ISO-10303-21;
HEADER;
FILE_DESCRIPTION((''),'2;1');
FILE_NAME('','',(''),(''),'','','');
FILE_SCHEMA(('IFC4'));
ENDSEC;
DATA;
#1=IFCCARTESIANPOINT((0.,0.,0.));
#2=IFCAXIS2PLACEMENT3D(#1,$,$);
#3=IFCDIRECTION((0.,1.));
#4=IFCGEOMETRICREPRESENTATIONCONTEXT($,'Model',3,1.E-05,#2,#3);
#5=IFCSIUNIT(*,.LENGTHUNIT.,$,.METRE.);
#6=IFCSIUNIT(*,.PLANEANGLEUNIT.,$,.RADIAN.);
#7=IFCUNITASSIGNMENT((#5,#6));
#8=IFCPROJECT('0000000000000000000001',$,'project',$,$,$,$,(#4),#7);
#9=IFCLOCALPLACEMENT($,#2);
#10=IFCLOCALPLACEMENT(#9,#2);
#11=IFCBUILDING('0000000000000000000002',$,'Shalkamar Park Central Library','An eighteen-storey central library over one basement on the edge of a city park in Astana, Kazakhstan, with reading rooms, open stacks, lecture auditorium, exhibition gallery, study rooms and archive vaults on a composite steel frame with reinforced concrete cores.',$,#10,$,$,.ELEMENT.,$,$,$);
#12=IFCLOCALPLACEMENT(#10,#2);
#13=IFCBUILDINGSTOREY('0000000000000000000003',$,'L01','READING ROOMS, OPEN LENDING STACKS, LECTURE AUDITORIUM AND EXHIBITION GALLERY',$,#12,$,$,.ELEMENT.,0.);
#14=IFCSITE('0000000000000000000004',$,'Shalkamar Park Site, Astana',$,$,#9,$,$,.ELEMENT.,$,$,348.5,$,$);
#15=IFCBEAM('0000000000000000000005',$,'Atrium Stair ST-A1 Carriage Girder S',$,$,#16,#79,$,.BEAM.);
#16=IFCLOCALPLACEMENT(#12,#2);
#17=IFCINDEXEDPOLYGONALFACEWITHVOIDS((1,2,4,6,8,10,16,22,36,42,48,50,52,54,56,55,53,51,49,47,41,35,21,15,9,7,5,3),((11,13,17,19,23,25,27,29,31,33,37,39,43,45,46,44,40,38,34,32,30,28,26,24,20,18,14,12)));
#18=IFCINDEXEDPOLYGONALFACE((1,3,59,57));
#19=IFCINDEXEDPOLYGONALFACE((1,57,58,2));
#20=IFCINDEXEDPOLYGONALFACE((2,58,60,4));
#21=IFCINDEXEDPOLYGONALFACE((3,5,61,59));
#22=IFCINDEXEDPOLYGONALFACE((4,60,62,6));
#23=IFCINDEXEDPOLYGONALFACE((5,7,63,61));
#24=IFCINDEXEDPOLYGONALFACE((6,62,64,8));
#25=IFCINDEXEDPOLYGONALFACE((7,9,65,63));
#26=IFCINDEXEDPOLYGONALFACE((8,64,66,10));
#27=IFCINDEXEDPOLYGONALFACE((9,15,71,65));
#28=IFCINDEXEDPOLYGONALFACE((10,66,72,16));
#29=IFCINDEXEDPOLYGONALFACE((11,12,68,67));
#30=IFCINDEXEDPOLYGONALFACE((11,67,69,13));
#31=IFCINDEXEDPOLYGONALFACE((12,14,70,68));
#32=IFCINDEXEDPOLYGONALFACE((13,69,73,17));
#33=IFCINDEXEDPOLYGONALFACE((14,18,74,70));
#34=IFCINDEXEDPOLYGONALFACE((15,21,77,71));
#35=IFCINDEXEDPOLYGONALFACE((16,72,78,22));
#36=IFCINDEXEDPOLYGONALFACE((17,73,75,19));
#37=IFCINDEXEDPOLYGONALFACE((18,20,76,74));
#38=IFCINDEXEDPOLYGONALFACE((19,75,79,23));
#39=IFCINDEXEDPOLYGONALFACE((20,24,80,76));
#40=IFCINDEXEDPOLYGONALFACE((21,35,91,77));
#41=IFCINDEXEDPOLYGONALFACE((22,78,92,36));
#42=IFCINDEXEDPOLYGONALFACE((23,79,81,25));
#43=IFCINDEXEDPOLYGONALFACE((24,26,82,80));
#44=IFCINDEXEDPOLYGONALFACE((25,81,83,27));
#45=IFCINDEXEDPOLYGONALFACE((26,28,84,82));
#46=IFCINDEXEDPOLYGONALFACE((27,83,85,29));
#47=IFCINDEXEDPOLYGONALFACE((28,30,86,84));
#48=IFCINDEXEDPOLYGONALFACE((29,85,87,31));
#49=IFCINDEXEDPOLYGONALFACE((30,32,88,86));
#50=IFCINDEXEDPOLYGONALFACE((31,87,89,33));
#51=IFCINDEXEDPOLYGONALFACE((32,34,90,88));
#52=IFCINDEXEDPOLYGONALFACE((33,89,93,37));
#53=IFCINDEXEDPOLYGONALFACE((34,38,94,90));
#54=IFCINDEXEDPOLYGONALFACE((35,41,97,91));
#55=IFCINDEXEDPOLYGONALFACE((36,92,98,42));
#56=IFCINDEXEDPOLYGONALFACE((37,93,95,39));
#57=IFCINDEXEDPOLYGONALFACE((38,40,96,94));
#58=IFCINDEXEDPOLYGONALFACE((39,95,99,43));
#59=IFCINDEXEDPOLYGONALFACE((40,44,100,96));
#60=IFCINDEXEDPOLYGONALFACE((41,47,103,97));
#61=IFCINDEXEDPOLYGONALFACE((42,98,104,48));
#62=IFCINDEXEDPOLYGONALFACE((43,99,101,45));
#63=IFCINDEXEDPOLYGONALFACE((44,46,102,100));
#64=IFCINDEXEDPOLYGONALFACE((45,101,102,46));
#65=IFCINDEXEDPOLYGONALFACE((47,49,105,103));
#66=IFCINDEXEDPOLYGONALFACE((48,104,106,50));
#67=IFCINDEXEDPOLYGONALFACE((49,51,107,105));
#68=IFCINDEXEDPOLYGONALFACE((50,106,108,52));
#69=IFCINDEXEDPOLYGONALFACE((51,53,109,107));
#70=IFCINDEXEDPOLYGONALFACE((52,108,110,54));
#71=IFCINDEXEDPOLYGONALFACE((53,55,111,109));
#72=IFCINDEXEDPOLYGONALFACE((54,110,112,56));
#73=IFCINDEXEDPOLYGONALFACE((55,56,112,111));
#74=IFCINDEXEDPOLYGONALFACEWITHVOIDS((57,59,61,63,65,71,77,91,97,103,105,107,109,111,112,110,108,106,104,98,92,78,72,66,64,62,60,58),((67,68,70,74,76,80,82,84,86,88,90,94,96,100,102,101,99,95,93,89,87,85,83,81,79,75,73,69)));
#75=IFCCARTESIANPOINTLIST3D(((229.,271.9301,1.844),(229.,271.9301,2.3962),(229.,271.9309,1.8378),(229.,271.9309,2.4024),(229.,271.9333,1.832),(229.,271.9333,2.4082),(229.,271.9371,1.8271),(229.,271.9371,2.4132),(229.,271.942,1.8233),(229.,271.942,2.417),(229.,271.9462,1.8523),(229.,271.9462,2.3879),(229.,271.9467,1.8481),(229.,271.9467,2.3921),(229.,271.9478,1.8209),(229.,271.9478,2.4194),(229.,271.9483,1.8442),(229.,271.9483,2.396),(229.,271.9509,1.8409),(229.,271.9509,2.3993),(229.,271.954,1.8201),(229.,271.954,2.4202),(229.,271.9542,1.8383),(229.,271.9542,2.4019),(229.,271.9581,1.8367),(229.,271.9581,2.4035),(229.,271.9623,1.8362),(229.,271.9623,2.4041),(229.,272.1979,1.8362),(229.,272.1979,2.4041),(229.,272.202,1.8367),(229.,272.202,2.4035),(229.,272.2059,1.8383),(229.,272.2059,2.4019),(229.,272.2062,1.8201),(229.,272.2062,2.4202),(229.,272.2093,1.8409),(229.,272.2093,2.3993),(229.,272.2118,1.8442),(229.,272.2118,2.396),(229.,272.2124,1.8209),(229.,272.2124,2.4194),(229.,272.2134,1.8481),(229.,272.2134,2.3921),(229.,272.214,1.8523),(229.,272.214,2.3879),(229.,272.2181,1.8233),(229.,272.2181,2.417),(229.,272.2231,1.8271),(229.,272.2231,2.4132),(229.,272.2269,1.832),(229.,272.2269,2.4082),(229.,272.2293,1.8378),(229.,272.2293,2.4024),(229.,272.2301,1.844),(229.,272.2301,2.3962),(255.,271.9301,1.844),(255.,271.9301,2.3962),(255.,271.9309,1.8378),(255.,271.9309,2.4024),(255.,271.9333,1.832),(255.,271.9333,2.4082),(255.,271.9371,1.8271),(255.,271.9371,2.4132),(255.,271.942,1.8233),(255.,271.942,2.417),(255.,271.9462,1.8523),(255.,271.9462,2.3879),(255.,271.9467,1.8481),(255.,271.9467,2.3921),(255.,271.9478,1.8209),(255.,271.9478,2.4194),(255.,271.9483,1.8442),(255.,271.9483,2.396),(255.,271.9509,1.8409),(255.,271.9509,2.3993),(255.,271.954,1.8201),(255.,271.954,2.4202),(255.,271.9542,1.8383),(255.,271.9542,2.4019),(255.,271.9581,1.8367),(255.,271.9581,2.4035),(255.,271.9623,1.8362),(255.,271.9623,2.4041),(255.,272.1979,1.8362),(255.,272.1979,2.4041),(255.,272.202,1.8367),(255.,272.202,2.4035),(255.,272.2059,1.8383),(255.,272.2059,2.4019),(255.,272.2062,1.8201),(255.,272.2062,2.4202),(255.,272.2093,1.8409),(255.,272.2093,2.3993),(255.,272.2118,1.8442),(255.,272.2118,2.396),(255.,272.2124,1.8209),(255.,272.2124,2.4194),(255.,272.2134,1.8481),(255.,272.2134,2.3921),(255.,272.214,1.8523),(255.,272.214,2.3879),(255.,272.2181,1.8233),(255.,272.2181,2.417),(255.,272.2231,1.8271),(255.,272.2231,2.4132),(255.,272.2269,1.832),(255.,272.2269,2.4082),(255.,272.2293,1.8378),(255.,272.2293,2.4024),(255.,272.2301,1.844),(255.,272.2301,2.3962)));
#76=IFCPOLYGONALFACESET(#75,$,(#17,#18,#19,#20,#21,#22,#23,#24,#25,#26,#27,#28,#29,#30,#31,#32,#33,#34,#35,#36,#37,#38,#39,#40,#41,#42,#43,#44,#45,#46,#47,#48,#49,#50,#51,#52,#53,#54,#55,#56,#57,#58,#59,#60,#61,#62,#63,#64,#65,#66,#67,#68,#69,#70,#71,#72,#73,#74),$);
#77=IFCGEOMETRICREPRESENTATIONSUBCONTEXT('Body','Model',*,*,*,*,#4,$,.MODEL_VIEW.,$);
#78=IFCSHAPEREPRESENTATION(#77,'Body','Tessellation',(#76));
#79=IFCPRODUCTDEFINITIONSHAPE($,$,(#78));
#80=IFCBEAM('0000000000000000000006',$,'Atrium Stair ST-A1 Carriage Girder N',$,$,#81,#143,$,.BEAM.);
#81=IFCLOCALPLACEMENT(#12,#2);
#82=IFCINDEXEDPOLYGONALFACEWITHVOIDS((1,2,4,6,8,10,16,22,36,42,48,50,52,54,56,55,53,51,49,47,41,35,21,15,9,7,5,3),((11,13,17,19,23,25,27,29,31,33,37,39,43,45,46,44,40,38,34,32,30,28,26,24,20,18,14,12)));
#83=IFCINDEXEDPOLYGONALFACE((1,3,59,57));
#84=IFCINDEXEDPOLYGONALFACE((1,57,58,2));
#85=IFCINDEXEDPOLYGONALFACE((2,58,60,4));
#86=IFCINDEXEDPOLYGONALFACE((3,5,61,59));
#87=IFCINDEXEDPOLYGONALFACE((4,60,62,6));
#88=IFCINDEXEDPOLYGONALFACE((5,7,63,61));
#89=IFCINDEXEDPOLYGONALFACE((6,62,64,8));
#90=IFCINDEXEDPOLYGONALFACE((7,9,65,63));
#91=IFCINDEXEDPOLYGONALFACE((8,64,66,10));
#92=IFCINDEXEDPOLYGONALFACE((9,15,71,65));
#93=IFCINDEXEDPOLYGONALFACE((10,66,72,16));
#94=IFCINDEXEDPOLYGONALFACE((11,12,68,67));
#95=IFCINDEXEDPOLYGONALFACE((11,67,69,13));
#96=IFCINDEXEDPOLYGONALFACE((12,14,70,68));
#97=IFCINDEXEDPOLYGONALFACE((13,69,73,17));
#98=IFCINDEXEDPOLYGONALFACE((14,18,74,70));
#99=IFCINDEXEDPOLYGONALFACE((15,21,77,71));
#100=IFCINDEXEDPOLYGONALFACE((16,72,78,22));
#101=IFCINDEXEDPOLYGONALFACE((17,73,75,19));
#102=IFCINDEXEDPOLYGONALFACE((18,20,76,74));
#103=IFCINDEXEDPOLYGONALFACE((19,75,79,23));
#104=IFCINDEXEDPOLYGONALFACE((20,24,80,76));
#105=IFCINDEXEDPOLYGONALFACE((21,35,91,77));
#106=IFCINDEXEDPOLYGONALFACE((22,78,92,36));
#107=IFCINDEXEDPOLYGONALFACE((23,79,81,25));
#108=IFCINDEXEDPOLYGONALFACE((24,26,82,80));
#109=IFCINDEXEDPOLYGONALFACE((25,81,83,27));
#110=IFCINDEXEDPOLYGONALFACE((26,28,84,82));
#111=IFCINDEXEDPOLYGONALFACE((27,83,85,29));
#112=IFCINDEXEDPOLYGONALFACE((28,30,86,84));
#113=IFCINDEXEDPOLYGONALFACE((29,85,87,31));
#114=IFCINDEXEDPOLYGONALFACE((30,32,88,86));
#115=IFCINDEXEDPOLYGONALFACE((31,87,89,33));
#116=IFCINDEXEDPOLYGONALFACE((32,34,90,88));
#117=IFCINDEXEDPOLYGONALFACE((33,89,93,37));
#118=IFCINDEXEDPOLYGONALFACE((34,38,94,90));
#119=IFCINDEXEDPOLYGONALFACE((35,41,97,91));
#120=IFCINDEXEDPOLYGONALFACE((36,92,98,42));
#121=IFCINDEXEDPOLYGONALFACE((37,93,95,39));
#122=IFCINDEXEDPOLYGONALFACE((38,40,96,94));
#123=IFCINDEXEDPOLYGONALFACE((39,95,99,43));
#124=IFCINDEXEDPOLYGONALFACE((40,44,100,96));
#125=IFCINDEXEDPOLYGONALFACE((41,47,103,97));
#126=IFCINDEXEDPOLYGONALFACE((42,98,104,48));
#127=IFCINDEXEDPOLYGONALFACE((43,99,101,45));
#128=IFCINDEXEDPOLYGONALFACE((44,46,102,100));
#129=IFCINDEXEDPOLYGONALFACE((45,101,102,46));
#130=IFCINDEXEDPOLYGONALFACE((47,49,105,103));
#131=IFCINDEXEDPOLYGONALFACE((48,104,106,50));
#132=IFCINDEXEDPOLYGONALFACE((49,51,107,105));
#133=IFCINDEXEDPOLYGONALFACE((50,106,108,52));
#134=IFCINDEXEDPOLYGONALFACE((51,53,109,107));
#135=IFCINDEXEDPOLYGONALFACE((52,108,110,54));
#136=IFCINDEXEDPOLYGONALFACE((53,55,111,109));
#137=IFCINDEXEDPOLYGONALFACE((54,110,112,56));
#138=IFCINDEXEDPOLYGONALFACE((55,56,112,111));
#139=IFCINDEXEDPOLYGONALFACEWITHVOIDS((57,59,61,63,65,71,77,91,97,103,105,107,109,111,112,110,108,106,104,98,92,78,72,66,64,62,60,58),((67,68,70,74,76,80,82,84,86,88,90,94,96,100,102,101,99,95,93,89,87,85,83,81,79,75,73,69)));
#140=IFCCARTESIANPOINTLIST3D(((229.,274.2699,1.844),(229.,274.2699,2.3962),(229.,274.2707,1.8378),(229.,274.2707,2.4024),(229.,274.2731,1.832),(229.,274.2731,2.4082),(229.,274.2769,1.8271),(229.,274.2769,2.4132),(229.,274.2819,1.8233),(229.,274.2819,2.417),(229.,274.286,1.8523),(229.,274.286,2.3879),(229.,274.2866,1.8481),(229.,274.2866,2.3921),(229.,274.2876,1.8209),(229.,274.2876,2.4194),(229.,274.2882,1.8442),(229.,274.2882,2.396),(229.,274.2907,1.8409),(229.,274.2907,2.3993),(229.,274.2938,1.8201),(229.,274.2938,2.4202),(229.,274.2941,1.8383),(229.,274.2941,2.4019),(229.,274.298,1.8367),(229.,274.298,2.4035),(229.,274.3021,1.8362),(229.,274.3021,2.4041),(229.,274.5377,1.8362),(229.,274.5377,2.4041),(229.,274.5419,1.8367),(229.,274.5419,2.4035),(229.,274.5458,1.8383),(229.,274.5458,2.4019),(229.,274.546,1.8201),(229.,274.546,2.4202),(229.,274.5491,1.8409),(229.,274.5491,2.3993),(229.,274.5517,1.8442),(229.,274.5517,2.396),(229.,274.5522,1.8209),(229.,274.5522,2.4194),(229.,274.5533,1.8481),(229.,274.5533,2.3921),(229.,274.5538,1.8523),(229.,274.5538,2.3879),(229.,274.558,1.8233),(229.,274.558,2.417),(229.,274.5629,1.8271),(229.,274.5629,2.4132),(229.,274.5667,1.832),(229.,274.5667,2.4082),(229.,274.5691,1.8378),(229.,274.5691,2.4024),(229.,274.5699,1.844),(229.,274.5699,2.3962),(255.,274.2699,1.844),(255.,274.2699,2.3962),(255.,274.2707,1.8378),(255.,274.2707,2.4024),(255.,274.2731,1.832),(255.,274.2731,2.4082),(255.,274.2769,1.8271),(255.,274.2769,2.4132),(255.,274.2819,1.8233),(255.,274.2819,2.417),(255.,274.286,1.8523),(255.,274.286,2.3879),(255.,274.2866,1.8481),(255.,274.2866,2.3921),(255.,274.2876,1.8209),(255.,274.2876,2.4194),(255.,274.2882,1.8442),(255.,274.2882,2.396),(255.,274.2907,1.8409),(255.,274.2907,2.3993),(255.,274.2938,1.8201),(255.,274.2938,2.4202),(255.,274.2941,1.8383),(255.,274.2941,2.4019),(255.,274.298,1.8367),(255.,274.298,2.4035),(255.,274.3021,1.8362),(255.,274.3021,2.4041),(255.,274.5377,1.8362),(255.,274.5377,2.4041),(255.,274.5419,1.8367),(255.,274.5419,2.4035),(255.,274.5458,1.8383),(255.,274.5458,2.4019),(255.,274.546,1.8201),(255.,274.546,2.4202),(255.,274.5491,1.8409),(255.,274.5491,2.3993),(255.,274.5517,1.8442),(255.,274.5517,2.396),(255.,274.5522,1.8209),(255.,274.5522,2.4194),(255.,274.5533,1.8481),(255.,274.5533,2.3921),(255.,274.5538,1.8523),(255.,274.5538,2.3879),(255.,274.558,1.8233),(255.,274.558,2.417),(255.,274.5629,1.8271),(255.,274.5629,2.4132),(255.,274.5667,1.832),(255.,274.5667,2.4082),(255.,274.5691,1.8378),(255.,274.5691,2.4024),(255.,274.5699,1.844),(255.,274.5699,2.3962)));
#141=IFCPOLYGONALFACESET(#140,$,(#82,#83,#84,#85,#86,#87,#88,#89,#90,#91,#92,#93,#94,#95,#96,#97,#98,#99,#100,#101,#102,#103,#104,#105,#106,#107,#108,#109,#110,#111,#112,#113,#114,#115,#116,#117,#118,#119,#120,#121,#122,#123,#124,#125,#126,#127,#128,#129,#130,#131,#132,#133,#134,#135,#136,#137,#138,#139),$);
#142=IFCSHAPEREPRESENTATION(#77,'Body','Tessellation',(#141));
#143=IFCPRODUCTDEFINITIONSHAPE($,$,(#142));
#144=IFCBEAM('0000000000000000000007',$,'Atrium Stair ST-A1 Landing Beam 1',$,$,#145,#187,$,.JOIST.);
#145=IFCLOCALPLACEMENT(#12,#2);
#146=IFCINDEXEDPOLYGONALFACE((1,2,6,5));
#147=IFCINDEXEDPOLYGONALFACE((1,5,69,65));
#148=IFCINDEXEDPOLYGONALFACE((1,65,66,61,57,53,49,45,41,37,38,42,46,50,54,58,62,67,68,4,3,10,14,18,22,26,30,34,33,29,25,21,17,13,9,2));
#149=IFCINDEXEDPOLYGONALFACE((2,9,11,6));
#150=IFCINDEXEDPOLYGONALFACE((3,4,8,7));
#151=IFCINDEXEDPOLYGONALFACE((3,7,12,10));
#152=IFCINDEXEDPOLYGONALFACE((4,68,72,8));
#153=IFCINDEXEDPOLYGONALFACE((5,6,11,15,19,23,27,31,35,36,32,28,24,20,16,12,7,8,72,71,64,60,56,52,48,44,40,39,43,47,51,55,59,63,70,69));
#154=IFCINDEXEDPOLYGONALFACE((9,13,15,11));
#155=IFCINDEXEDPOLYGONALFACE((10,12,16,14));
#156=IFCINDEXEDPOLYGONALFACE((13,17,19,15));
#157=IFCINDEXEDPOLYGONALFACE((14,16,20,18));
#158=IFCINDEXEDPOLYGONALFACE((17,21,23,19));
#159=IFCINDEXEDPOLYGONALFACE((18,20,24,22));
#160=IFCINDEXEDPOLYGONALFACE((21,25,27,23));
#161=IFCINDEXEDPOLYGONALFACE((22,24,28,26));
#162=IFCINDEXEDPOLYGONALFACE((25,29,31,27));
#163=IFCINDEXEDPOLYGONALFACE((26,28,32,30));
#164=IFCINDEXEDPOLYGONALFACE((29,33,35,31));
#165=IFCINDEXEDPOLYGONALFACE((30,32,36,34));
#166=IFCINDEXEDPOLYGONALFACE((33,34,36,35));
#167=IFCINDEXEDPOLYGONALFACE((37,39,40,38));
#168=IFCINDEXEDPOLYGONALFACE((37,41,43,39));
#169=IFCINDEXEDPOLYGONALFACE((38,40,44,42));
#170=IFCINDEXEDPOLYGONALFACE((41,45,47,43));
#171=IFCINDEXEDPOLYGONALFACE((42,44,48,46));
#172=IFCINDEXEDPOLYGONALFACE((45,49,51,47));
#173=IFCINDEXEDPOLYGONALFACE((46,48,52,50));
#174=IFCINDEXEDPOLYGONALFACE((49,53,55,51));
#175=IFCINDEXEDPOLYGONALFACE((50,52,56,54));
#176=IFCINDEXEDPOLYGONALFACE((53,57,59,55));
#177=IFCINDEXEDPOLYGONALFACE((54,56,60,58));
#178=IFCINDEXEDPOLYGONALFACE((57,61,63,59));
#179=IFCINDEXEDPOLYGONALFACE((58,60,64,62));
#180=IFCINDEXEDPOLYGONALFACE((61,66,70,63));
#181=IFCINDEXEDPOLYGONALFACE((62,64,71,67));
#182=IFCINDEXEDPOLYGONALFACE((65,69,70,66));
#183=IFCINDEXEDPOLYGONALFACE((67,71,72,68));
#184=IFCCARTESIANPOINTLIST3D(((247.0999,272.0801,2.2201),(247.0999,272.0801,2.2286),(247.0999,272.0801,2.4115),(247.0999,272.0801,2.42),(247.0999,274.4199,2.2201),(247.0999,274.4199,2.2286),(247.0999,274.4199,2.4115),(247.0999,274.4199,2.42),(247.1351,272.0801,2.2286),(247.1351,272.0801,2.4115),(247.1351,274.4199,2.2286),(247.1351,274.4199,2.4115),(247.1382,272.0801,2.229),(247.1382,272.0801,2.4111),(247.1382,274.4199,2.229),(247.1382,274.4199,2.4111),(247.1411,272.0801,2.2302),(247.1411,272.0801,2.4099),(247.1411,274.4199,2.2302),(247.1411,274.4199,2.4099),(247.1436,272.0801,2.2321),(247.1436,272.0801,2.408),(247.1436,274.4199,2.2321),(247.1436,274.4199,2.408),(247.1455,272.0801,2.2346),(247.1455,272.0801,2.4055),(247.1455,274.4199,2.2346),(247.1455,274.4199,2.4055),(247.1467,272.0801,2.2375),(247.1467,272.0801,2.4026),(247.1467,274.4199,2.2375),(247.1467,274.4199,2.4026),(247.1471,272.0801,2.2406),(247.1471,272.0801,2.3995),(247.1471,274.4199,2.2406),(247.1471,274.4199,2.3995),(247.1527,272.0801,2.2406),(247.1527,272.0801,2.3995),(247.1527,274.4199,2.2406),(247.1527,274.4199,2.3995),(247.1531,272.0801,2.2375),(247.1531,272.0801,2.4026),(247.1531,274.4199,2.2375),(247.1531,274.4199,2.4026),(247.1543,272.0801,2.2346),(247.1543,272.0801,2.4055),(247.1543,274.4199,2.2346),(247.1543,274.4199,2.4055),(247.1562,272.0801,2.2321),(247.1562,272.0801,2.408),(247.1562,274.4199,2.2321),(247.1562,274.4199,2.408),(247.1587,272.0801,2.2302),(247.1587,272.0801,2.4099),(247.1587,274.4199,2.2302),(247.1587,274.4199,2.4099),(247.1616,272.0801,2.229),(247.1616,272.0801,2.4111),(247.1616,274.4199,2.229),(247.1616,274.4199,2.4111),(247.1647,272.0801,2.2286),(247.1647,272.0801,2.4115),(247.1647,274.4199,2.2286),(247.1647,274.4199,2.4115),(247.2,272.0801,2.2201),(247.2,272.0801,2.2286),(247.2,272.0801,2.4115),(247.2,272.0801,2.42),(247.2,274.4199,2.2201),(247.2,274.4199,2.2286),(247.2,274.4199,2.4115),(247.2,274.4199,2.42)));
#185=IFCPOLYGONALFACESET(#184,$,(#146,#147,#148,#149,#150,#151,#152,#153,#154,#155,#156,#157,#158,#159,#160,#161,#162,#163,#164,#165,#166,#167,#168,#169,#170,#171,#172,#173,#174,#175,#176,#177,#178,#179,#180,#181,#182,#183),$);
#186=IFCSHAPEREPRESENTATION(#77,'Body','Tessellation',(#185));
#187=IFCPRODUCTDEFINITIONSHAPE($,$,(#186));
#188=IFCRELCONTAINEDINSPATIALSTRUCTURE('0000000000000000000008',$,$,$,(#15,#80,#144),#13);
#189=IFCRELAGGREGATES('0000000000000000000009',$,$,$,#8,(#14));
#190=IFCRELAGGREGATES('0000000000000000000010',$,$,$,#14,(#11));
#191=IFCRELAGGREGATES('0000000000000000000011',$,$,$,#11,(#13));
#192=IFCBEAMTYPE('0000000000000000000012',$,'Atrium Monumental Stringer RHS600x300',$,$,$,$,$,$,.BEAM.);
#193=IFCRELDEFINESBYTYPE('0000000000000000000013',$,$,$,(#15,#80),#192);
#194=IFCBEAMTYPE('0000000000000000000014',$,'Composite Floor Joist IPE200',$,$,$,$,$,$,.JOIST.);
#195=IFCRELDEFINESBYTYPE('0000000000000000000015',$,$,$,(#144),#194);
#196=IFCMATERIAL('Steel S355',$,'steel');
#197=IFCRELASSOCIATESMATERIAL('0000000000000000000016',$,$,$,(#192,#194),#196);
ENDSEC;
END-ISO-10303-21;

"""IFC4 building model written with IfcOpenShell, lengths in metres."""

from ifc_helpers import new_model, si_unit, direction, frame, origin, origin_2d, place, context, subcontext, project, spatial, hollow_rectangle, i_section, extrude, material, material_profile, profile_set, type_object, element, save


model = new_model("IFC4")

# Units and contexts
model_context = context("Model", 3, precision=1e-05, world=origin(), true_north=direction((0.0, 1.0)))
body_context = subcontext(model_context, "Body", "Model", "MODEL_VIEW")
ifc_project = project(units=[si_unit("LENGTHUNIT", "METRE"), si_unit("PLANEANGLEUNIT", "RADIAN")], contexts=[model_context])

# Site, building, storey
site_placement = place(None, origin())
site = spatial("IfcSite", under=ifc_project, at=site_placement, Name="Shalkamar Park Site, Astana", CompositionType="ELEMENT", RefElevation=348.5)
building_placement = place(site_placement, origin())
building = spatial("IfcBuilding", under=site, at=building_placement, Name="Shalkamar Park Central Library", Description="An eighteen-storey central library over one basement on the edge of a city park in Astana, Kazakhstan, with reading rooms, open stacks, lecture auditorium, exhibition gallery, study rooms and archive vaults on a composite steel frame with reinforced concrete cores.", CompositionType="ELEMENT")
storey_placement = place(building_placement, origin())
storey = spatial("IfcBuildingStorey", under=building, at=storey_placement, Name="L01", Description="READING ROOMS, OPEN LENDING STACKS, LECTURE AUDITORIUM AND EXHIBITION GALLERY", CompositionType="ELEMENT", Elevation=0.0)

# Shared definitions
ifc_material_1 = material(Name="Steel S355", Category="steel")

# Beams
ifc_material_profile_1 = material_profile(ifc_material_1, hollow_rectangle(XDim=0.3, YDim=0.6001, WallThickness=0.0161, InnerFilletRadius=0.0161, OuterFilletRadius=0.0239, at=origin_2d()), Name="RHS 600x300x16")
ifc_profile_set_1 = profile_set([ifc_material_profile_1], Name="Steel S355")
beam_type_1 = type_object("IfcBeamType", Name="Atrium Monumental Stringer RHS600x300", PredefinedType="BEAM", material=ifc_profile_set_1)
for number, where, z_axis, x_axis, name in (
    (1, (229.0, 272.0801, 2.1201), (1.0, 0.0, 0.0), (0.0, 1.0, 0.0), "Atrium Stair ST-A1 Carriage Girder S"),
    (2, (229.0, 274.4199, 2.1201), (1.0, 0.0, 0.0), (0.0, 1.0, 0.0), "Atrium Stair ST-A1 Carriage Girder N"),
):
    element("IfcBeam", number, at=place(storey_placement, frame(where, z_axis=z_axis, x_axis=x_axis)), inside=storey, type_object=beam_type_1, Name=name, PredefinedType="BEAM", context=body_context, shape_type="SweptSolid", body=[
        extrude(hollow_rectangle(XDim=0.3, YDim=0.6001, WallThickness=0.0161, InnerFilletRadius=0.0161, OuterFilletRadius=0.0239, at=origin_2d()), origin(), (0.0, 0.0, 1.0), 26.0),
    ])
ifc_material_profile_2 = material_profile(ifc_material_1, i_section(OverallWidth=0.1001, OverallDepth=0.2, WebThickness=0.0056, FlangeThickness=0.0085, FilletRadius=0.012, at=origin_2d()), Name="IPE 200")
ifc_profile_set_2 = profile_set([ifc_material_profile_2], Name="Steel S355")
beam_type_2 = type_object("IfcBeamType", Name="Composite Floor Joist IPE200", PredefinedType="JOIST", material=ifc_profile_set_2)
for number, where, z_axis, x_axis, name in (
    (3, (247.1499, 272.0801, 2.3201), (0.0, 1.0, 0.0), (-1.0, 0.0, 0.0), "Atrium Stair ST-A1 Landing Beam 1"),
):
    element("IfcBeam", number, at=place(storey_placement, frame(where, z_axis=z_axis, x_axis=x_axis)), inside=storey, type_object=beam_type_2, Name=name, PredefinedType="JOIST", context=body_context, shape_type="SweptSolid", body=[
        extrude(i_section(OverallWidth=0.1001, OverallDepth=0.2, WebThickness=0.0056, FlangeThickness=0.0085, FilletRadius=0.012, at=origin_2d()), origin(), (0.0, 0.0, 1.0), 2.3398),
    ])

save(model, "model.ifc")
